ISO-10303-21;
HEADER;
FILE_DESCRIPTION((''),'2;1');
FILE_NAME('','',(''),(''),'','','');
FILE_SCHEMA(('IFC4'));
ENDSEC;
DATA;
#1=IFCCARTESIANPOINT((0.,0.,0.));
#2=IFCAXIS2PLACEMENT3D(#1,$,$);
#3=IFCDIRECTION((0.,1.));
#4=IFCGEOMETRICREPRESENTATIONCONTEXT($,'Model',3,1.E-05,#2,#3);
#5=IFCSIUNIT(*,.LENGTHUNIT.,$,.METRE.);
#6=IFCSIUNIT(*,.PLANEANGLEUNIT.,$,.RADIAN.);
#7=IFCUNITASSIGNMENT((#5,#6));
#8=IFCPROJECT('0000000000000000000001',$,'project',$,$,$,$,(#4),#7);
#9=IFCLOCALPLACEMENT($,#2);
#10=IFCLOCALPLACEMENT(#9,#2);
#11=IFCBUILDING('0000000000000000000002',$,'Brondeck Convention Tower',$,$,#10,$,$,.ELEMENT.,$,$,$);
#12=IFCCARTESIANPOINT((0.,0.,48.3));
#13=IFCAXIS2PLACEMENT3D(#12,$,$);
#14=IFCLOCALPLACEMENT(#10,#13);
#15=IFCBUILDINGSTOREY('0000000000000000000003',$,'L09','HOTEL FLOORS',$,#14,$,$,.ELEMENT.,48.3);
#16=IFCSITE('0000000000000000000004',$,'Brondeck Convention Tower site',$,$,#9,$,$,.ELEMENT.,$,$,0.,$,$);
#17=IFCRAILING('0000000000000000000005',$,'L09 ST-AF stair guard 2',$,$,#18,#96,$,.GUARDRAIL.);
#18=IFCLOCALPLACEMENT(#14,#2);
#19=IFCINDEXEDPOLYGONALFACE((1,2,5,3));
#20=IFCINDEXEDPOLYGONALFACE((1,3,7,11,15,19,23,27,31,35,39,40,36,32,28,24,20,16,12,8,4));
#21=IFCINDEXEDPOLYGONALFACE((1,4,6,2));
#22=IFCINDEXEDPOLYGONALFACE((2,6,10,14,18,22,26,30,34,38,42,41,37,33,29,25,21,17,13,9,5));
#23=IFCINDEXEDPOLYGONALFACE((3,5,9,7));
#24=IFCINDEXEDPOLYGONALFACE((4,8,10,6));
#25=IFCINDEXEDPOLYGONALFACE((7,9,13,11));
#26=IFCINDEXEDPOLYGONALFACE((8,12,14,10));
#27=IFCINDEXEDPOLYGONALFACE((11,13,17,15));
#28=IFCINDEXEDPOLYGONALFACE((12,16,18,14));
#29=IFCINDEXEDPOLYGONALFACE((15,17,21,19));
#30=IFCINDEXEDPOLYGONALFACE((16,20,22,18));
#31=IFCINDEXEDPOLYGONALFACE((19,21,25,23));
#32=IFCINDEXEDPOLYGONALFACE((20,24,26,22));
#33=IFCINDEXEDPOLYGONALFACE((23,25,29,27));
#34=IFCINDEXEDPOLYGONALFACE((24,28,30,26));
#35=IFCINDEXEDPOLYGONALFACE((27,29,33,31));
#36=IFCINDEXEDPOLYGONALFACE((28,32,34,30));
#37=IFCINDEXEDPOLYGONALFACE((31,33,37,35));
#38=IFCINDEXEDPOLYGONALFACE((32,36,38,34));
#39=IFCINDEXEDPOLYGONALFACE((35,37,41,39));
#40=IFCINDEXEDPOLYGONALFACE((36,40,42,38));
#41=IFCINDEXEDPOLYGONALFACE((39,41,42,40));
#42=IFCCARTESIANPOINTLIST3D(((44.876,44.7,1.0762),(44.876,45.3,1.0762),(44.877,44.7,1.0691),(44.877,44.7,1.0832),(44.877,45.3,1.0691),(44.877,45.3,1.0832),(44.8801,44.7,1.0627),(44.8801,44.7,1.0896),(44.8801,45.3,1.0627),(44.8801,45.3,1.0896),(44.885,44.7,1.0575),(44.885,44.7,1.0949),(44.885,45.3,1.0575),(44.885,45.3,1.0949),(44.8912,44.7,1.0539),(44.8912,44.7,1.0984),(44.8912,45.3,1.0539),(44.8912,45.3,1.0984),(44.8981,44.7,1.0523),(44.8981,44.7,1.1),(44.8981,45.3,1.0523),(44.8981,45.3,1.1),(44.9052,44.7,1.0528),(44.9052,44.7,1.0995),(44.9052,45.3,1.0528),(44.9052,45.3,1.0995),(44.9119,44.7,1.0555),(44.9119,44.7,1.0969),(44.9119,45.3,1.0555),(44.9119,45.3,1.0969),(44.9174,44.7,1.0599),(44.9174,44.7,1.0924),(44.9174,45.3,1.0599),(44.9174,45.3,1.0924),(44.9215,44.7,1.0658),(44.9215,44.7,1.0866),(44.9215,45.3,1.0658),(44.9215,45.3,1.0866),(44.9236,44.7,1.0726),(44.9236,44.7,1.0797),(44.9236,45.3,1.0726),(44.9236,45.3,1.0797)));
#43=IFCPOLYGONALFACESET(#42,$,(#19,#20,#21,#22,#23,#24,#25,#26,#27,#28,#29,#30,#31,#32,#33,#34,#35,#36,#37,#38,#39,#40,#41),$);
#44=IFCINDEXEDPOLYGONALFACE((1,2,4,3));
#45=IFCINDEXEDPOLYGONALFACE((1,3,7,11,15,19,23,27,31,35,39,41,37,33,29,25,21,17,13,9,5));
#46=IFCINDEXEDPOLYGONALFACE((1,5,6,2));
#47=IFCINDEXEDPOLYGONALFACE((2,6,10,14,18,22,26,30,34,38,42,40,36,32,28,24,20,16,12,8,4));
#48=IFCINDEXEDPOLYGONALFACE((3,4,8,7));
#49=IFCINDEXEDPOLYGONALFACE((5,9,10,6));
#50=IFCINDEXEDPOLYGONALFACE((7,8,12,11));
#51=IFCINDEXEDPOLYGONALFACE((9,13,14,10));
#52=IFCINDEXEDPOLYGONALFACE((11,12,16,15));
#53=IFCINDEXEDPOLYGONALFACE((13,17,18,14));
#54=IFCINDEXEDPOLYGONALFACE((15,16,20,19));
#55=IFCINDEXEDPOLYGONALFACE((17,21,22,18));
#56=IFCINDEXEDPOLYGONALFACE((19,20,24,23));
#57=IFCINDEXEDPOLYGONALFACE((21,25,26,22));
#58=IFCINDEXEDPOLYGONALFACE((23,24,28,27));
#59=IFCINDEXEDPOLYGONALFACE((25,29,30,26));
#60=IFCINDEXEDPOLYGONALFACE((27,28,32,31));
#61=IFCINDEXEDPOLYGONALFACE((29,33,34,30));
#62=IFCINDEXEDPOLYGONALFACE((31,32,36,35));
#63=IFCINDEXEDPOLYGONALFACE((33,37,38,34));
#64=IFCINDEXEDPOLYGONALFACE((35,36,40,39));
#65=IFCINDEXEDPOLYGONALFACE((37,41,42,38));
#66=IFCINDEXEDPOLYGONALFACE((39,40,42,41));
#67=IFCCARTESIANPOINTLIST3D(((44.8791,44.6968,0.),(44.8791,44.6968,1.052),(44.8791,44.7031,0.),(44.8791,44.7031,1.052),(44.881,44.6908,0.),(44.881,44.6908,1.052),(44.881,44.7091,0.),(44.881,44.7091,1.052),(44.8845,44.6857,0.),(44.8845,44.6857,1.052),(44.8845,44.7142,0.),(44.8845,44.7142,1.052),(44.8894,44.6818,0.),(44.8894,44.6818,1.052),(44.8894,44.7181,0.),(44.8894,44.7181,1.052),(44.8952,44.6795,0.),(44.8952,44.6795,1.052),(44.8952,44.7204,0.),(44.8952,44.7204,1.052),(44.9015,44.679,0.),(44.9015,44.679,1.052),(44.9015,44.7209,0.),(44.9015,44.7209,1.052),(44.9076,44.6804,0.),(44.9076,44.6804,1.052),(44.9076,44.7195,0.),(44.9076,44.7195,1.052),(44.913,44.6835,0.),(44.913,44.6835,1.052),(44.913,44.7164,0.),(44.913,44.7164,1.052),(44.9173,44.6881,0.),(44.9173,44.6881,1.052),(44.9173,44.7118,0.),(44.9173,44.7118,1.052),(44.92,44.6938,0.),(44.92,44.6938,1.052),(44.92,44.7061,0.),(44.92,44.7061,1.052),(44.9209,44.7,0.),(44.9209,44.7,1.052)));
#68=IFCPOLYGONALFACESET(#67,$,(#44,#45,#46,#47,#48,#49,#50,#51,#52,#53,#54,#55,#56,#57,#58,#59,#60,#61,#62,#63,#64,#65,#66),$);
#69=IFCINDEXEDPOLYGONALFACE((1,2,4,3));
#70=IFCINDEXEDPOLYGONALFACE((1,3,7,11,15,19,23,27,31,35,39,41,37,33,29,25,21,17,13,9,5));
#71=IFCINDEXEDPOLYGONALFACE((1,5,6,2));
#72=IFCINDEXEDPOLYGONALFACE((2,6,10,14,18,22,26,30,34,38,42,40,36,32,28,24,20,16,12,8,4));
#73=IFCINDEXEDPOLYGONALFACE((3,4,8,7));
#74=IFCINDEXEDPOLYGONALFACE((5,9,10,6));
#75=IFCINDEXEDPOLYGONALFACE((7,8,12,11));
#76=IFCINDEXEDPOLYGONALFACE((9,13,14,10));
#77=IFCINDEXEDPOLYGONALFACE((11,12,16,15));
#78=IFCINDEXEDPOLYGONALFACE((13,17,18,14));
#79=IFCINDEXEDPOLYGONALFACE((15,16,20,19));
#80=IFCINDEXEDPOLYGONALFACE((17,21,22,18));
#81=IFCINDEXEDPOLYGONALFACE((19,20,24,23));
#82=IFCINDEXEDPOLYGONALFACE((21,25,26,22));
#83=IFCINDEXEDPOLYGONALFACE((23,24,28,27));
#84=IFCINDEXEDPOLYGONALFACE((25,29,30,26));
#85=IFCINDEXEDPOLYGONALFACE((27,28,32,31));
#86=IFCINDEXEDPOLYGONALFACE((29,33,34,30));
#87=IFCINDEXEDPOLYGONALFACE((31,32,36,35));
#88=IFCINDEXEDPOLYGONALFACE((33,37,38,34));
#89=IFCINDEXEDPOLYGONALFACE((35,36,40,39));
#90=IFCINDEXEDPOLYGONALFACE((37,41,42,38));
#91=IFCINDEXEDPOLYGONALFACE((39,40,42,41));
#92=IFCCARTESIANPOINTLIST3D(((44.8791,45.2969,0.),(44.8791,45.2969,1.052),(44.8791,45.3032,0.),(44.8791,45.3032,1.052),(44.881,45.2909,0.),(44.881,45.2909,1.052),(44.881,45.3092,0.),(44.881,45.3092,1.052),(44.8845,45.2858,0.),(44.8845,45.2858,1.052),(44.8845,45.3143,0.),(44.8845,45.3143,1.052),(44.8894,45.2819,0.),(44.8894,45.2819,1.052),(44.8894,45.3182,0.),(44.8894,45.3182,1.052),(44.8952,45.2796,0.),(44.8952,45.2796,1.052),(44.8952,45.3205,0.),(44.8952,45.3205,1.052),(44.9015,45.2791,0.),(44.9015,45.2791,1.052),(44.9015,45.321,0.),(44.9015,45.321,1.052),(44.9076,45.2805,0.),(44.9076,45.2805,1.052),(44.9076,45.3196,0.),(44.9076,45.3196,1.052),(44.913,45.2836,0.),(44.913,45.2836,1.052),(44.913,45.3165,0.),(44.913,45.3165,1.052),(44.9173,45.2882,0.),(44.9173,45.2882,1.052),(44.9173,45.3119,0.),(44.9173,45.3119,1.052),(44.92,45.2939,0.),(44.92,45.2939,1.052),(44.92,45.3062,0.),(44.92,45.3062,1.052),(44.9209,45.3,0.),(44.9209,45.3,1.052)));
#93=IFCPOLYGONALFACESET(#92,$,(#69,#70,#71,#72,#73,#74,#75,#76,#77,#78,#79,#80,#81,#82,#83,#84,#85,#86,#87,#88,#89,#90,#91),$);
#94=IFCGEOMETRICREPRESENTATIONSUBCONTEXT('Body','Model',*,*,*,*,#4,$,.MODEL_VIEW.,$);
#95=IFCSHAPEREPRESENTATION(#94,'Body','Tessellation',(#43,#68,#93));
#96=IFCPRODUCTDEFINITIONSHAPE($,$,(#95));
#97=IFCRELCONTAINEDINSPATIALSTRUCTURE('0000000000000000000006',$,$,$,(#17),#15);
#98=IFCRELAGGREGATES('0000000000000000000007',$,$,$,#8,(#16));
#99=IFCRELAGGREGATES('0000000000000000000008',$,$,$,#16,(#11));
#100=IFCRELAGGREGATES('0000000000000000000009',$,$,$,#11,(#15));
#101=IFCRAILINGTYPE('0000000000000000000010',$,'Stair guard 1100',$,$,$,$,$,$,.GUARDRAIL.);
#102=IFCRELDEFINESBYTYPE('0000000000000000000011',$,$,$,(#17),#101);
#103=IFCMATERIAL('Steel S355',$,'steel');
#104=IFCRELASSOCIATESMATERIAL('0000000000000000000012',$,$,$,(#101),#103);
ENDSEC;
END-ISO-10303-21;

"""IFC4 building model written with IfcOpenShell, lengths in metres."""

from ifc_helpers import new_model, si_unit, direction, frame, origin, origin_2d, place, context, subcontext, project, spatial, circle, extrude, material, type_object, element, save


model = new_model("IFC4")

# Units and contexts
model_context = context("Model", 3, precision=1e-05, world=origin(), true_north=direction((0.0, 1.0)))
body_context = subcontext(model_context, "Body", "Model", "MODEL_VIEW")
ifc_project = project(units=[si_unit("LENGTHUNIT", "METRE"), si_unit("PLANEANGLEUNIT", "RADIAN")], contexts=[model_context])

# Site, building, storey
site_placement = place(None, origin())
site = spatial("IfcSite", under=ifc_project, at=site_placement, Name="Brondeck Convention Tower site", CompositionType="ELEMENT", RefElevation=0.0)
building_placement = place(site_placement, origin())
building = spatial("IfcBuilding", under=site, at=building_placement, Name="Brondeck Convention Tower", CompositionType="ELEMENT")
storey_placement = place(building_placement, frame((0.0, 0.0, 48.3)))
storey = spatial("IfcBuildingStorey", under=building, at=storey_placement, Name="L09", Description="HOTEL FLOORS", CompositionType="ELEMENT", Elevation=48.3)

# Shared definitions
ifc_material_1 = material(Name="Steel S355", Category="steel")

# Railing
railing_type_1 = type_object("IfcRailingType", Name="Stair guard 1100", PredefinedType="GUARDRAIL", material=ifc_material_1)
railing_1_placement = place(storey_placement, frame((44.8999, 44.7, 0.0)))
element("IfcRailing", 1, at=railing_1_placement, inside=storey, type_object=railing_type_1, Name="L09 ST-AF stair guard 2", PredefinedType="GUARDRAIL", context=body_context, shape_type="SweptSolid", body=[
    extrude(circle(Radius=0.0239, at=origin_2d()), frame((0.0, 0.0, 1.0762), z_axis=(0.0, 1.0, 0.0), x_axis=(-1.0, 0.0, 0.0)), (0.0, 0.0, 1.0), 0.6001),
    extrude(circle(Radius=0.021, at=origin_2d()), origin(), (0.0, 0.0, 1.0), 1.052),
    extrude(circle(Radius=0.021, at=origin_2d()), frame((0.0, 0.6001, 0.0)), (0.0, 0.0, 1.0), 1.052),
])

save(model, "model.ifc")
